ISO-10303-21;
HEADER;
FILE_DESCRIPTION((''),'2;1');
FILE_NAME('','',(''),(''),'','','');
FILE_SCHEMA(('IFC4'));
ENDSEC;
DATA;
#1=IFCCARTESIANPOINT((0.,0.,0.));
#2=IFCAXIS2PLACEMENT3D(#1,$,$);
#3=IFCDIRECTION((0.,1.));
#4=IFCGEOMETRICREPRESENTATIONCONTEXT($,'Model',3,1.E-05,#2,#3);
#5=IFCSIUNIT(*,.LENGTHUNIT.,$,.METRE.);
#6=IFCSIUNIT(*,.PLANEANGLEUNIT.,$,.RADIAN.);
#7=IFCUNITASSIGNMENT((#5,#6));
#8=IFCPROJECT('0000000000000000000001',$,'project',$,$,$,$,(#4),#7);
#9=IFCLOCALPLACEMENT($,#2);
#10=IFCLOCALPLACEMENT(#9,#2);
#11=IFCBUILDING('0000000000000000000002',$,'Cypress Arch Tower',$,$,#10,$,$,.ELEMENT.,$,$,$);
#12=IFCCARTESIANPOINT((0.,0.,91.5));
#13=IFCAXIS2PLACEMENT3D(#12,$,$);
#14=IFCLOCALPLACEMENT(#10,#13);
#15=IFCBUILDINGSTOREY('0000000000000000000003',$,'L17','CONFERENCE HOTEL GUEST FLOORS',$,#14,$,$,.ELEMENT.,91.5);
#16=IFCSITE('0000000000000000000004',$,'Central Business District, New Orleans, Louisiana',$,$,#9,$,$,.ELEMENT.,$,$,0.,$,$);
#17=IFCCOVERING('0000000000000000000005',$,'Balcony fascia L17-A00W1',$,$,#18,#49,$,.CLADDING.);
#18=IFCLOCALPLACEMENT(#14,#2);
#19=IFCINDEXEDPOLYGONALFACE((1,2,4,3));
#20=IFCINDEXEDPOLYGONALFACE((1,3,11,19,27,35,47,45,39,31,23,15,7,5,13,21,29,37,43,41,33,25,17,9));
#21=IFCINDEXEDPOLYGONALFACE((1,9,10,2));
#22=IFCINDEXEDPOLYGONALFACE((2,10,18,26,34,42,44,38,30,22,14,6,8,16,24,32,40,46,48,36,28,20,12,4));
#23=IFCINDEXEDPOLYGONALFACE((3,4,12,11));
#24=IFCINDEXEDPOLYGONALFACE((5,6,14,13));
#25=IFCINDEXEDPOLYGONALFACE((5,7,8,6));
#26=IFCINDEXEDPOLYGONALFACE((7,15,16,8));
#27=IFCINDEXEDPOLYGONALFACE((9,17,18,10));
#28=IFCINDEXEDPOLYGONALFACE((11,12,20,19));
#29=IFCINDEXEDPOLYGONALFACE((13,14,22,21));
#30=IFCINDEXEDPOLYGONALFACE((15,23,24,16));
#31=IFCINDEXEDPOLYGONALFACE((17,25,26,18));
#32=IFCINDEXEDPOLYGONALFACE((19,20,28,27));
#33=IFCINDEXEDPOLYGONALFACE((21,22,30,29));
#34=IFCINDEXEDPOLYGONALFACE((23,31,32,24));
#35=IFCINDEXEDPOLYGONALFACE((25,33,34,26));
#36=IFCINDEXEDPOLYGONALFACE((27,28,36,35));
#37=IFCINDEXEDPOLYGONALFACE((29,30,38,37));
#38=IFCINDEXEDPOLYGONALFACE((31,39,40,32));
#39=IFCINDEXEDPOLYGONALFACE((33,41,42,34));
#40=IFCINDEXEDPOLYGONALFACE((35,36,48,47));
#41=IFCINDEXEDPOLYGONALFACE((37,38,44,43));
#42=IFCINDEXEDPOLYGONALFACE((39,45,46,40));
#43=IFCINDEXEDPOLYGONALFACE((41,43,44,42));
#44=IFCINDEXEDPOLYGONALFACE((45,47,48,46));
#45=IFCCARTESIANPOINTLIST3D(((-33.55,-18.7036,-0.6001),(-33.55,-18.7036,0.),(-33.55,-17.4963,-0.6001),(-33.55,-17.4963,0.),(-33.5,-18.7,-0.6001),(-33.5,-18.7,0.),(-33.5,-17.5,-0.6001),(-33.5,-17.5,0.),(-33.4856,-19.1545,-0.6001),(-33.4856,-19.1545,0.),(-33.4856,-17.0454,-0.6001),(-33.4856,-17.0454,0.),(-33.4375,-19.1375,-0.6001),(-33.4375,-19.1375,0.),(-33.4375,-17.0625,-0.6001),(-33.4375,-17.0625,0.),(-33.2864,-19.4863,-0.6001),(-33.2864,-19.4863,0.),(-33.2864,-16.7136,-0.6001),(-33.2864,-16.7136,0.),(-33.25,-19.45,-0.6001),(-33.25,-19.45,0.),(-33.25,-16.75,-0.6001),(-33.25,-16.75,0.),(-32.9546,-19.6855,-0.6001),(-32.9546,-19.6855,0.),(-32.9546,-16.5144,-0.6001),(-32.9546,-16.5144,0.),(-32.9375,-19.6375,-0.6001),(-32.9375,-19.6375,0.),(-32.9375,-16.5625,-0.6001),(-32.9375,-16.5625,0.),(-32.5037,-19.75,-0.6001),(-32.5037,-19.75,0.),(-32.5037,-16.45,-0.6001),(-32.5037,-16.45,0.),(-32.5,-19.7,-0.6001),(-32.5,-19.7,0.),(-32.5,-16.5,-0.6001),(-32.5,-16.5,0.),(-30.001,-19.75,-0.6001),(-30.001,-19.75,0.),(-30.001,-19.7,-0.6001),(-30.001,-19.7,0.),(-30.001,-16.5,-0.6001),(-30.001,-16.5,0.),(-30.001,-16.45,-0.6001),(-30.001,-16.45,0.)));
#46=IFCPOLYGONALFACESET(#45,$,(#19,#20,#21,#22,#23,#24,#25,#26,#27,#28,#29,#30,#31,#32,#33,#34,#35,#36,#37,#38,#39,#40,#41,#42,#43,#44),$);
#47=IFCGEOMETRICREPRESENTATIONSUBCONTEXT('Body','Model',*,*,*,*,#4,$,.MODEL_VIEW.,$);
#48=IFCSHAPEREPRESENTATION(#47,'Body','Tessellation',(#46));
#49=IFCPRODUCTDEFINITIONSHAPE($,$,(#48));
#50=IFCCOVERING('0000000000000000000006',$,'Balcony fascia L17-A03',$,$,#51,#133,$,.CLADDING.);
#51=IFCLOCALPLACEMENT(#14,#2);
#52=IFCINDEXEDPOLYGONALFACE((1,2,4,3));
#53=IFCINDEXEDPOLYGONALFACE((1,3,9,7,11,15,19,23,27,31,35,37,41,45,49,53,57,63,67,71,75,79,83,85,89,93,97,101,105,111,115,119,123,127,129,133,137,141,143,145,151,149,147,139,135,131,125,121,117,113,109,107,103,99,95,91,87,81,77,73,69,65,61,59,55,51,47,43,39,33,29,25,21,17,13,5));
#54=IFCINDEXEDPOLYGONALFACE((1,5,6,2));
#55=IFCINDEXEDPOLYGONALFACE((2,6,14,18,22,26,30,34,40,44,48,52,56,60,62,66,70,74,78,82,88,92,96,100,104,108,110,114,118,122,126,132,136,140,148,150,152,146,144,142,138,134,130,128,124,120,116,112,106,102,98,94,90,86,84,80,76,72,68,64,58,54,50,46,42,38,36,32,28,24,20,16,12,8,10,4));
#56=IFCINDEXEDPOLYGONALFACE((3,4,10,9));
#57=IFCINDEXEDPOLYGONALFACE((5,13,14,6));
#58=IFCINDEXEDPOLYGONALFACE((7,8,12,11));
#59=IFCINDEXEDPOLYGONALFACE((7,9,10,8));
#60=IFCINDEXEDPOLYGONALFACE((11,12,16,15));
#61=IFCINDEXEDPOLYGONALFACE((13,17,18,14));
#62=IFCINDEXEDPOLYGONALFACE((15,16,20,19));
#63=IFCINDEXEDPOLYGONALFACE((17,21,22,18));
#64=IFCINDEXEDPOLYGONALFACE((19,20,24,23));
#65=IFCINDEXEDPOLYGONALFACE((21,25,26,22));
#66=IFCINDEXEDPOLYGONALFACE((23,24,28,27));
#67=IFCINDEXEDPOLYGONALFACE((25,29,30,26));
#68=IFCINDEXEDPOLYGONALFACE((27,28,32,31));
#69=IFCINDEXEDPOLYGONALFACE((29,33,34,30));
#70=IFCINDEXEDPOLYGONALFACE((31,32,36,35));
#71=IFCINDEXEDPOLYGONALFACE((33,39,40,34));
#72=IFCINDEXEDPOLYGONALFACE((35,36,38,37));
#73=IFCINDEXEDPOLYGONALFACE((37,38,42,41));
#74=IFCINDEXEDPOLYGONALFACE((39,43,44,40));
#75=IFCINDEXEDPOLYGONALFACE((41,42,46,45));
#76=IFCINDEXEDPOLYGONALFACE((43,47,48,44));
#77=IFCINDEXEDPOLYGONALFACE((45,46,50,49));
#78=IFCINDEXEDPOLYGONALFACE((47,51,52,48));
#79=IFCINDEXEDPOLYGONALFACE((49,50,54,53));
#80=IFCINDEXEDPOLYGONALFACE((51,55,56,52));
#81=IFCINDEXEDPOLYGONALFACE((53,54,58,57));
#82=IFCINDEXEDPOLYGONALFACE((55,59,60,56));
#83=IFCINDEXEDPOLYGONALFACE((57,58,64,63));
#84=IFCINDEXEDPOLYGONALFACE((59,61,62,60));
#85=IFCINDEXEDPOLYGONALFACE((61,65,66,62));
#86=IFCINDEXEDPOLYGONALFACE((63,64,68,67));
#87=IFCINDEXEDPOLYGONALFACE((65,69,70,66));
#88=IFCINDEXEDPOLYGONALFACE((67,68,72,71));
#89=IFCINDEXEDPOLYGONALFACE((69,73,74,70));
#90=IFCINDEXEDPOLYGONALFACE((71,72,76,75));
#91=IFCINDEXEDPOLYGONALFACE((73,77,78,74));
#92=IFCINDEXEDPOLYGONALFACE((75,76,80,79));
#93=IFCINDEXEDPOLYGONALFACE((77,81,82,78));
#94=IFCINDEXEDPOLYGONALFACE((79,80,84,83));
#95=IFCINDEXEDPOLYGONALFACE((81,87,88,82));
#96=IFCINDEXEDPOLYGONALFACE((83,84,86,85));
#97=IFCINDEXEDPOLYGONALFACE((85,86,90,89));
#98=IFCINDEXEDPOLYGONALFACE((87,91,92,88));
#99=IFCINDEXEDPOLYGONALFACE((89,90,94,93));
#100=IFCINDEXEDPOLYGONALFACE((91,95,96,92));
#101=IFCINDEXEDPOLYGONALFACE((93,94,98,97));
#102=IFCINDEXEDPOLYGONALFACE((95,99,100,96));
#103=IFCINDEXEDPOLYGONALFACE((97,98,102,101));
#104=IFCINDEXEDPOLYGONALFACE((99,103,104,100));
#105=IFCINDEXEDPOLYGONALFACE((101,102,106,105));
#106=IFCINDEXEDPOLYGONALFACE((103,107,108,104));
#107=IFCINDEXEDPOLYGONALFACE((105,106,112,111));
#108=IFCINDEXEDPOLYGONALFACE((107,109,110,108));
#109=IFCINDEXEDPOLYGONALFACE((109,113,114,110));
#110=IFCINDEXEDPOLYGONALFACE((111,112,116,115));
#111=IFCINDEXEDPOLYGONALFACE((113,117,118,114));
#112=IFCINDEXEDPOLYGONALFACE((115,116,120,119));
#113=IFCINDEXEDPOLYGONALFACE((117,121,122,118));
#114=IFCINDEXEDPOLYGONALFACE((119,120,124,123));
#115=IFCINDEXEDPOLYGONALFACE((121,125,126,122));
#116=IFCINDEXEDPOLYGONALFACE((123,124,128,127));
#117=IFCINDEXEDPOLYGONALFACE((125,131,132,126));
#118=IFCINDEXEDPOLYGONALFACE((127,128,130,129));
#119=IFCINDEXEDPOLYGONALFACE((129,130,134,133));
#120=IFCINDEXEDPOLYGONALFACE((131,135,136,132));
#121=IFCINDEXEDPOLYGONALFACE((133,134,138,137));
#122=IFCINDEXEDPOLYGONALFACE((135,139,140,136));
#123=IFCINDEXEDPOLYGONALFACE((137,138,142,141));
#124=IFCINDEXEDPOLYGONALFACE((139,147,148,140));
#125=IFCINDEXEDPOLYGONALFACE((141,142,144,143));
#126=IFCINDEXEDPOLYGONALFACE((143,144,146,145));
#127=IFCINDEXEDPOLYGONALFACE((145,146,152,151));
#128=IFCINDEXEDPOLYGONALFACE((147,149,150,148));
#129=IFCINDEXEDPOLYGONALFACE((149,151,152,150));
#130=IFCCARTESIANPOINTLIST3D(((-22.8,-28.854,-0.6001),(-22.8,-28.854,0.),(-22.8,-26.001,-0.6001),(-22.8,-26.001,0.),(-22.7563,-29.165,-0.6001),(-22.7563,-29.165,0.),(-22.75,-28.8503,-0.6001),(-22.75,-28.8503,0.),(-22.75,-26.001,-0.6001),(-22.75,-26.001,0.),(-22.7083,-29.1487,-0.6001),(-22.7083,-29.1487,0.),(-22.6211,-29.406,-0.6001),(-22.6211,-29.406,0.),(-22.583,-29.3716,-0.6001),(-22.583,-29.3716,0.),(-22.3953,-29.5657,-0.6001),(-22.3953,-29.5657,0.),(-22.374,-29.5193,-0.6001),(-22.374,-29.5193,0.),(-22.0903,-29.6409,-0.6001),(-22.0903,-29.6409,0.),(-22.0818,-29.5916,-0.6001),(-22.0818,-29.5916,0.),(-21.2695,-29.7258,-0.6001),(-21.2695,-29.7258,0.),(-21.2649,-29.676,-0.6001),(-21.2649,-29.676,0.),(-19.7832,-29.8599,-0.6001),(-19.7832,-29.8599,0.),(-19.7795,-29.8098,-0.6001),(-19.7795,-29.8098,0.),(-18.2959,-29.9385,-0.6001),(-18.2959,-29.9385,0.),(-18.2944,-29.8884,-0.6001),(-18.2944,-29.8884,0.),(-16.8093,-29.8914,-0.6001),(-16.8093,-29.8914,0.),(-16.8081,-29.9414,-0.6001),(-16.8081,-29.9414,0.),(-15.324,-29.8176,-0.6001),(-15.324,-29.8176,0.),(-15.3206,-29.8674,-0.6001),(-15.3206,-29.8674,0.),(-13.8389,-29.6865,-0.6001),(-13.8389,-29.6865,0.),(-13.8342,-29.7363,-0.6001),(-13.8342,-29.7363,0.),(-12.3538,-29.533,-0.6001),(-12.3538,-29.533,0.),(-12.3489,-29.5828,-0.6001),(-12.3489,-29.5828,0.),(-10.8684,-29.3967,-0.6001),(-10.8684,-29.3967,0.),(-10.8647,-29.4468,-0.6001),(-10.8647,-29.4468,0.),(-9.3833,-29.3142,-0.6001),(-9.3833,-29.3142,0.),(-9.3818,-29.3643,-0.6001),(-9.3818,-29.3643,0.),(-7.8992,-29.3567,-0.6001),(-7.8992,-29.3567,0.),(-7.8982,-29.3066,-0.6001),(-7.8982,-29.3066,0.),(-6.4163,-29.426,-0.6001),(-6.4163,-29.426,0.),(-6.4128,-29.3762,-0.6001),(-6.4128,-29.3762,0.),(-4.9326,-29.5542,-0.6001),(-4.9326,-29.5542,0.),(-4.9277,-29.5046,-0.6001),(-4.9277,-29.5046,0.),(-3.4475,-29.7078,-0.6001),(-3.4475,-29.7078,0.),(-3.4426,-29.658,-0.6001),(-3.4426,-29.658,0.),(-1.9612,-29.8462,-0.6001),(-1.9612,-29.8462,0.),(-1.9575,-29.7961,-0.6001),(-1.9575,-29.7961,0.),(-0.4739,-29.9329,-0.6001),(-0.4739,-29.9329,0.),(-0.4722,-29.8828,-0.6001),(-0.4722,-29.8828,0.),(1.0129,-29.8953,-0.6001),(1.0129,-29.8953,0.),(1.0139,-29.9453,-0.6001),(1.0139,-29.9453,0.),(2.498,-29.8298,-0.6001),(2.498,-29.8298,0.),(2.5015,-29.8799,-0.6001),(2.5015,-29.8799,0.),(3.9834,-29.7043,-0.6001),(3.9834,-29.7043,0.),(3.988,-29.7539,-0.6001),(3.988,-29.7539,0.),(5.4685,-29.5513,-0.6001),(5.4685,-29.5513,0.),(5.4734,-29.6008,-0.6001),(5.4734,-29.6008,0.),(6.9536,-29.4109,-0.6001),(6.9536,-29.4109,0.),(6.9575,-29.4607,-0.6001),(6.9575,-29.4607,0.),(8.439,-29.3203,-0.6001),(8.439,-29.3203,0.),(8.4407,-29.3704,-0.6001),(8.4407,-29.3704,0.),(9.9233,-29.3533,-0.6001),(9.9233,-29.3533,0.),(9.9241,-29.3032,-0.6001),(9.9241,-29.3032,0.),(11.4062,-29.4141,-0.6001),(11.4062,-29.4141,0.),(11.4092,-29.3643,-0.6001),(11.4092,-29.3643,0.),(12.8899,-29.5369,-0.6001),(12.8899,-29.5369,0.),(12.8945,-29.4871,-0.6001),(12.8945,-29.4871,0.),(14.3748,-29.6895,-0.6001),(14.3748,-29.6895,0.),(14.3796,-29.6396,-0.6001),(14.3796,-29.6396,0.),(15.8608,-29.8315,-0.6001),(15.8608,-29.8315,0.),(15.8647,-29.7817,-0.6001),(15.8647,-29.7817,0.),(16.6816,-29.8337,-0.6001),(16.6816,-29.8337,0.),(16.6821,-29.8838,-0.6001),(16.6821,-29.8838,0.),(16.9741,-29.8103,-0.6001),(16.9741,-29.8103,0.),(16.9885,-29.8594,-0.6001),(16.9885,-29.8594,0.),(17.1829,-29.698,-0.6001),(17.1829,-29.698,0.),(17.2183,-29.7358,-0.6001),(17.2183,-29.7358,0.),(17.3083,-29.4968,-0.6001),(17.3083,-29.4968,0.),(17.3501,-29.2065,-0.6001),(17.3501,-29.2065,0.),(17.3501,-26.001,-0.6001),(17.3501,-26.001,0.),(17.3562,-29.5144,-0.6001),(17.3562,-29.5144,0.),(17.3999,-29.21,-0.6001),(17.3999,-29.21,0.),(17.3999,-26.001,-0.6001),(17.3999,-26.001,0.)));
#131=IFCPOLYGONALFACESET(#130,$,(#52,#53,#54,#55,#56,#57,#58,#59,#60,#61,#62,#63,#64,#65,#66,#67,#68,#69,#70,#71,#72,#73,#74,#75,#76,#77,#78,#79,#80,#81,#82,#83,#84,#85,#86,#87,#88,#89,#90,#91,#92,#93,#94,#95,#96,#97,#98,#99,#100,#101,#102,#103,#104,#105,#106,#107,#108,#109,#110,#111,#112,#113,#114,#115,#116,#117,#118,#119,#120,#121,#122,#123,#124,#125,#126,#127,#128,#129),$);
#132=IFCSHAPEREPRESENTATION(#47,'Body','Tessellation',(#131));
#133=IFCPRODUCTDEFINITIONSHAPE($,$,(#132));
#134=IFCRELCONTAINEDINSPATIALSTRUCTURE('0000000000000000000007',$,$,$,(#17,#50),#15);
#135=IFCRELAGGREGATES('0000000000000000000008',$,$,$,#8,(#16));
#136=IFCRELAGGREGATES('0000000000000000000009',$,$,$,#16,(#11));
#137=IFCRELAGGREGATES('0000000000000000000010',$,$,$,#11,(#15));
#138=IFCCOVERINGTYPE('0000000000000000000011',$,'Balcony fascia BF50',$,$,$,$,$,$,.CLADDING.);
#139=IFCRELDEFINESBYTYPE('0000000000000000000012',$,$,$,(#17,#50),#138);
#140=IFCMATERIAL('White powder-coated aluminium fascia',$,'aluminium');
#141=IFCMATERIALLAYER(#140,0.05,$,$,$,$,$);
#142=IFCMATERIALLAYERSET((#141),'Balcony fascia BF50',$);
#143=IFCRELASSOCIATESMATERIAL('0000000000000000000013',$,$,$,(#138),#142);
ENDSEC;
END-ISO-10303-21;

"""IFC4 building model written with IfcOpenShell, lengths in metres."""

from ifc_helpers import new_model, si_unit, direction, frame, origin, place, context, subcontext, project, spatial, polyline, outline, extrude, material, layer, layer_set, type_object, element, save


model = new_model("IFC4")

# Units and contexts
model_context = context("Model", 3, precision=1e-05, world=origin(), true_north=direction((0.0, 1.0)))
body_context = subcontext(model_context, "Body", "Model", "MODEL_VIEW")
ifc_project = project(units=[si_unit("LENGTHUNIT", "METRE"), si_unit("PLANEANGLEUNIT", "RADIAN")], contexts=[model_context])

# Site, building, storey
site_placement = place(None, origin())
site = spatial("IfcSite", under=ifc_project, at=site_placement, Name="Central Business District, New Orleans, Louisiana", CompositionType="ELEMENT", RefElevation=0.0)
building_placement = place(site_placement, origin())
building = spatial("IfcBuilding", under=site, at=building_placement, Name="Cypress Arch Tower", CompositionType="ELEMENT")
storey_placement = place(building_placement, frame((0.0, 0.0, 91.5)))
storey = spatial("IfcBuildingStorey", under=building, at=storey_placement, Name="L17", Description="CONFERENCE HOTEL GUEST FLOORS", CompositionType="ELEMENT", Elevation=91.5)

# Coverings
ifc_material_1 = material(Name="White powder-coated aluminium fascia", Category="aluminium")
ifc_layer_1 = layer(ifc_material_1, 0.05)
ifc_layer_set_1 = layer_set([ifc_layer_1], Name="Balcony fascia BF50")
covering_type_1 = type_object("IfcCoveringType", Name="Balcony fascia BF50", PredefinedType="CLADDING", material=ifc_layer_set_1)
covering_1_placement = place(storey_placement, frame((0.0, 0.0, -0.6001)))
element("IfcCovering", 1, at=covering_1_placement, inside=storey, type_object=covering_type_1, Name="Balcony fascia L17-A00W1", PredefinedType="CLADDING", context=body_context, shape_type="SweptSolid", body=[
    extrude(outline(polyline([(-32.5037, -19.75), (-32.9546, -19.6855), (-33.2864, -19.4863), (-33.4856, -19.1545), (-33.55, -18.7036), (-33.55, -17.4963), (-33.4856, -17.0454), (-33.2864, -16.7136), (-32.9546, -16.5144), (-32.5037, -16.45), (-30.001, -16.45), (-30.001, -16.5), (-32.5, -16.5), (-32.9375, -16.5625), (-33.25, -16.75), (-33.4375, -17.0625), (-33.5, -17.5), (-33.5, -18.7), (-33.4375, -19.1375), (-33.25, -19.45), (-32.9375, -19.6375), (-32.5, -19.7), (-30.001, -19.7), (-30.001, -19.75), (-32.5037, -19.75)])), origin(), (0.0, 0.0, 1.0), 0.6001),
])
covering_2_placement = place(storey_placement, frame((0.0, 0.0, -0.6001)))
element("IfcCovering", 2, at=covering_2_placement, inside=storey, type_object=covering_type_1, Name="Balcony fascia L17-A03", PredefinedType="CLADDING", context=body_context, shape_type="SweptSolid", body=[
    extrude(outline(polyline([(17.3999, -29.21), (17.3562, -29.5144), (17.2183, -29.7358), (16.9885, -29.8594), (16.6821, -29.8838), (15.8608, -29.8315), (14.3748, -29.6895), (12.8899, -29.5369), (11.4062, -29.4141), (9.9233, -29.3533), (8.4407, -29.3704), (6.9575, -29.4607), (5.4734, -29.6008), (3.988, -29.7539), (2.5015, -29.8799), (1.0139, -29.9453), (-0.4739, -29.9329), (-1.9612, -29.8462), (-3.4475, -29.7078), (-4.9326, -29.5542), (-6.4163, -29.426), (-7.8992, -29.3567), (-9.3818, -29.3643), (-10.8647, -29.4468), (-12.3489, -29.5828), (-13.8342, -29.7363), (-15.3206, -29.8674), (-16.8081, -29.9414), (-18.2959, -29.9385), (-19.7832, -29.8599), (-21.2695, -29.7258), (-22.0903, -29.6409), (-22.3953, -29.5657), (-22.6211, -29.406), (-22.7563, -29.165), (-22.8, -28.854), (-22.8, -26.001), (-22.75, -26.001), (-22.75, -28.8503), (-22.7083, -29.1487), (-22.583, -29.3716), (-22.374, -29.5193), (-22.0818, -29.5916), (-21.2649, -29.676), (-19.7795, -29.8098), (-18.2944, -29.8884), (-16.8093, -29.8914), (-15.324, -29.8176), (-13.8389, -29.6865), (-12.3538, -29.533), (-10.8684, -29.3967), (-9.3833, -29.3142), (-7.8982, -29.3066), (-6.4128, -29.3762), (-4.9277, -29.5046), (-3.4426, -29.658), (-1.9575, -29.7961), (-0.4722, -29.8828), (1.0129, -29.8953), (2.498, -29.8298), (3.9834, -29.7043), (5.4685, -29.5513), (6.9536, -29.4109), (8.439, -29.3203), (9.9241, -29.3032), (11.4092, -29.3643), (12.8945, -29.4871), (14.3796, -29.6396), (15.8647, -29.7817), (16.6816, -29.8337), (16.9741, -29.8103), (17.1829, -29.698), (17.3083, -29.4968), (17.3501, -29.2065), (17.3501, -26.001), (17.3999, -26.001), (17.3999, -29.21)])), origin(), (0.0, 0.0, 1.0), 0.6001),
])

save(model, "model.ifc")
